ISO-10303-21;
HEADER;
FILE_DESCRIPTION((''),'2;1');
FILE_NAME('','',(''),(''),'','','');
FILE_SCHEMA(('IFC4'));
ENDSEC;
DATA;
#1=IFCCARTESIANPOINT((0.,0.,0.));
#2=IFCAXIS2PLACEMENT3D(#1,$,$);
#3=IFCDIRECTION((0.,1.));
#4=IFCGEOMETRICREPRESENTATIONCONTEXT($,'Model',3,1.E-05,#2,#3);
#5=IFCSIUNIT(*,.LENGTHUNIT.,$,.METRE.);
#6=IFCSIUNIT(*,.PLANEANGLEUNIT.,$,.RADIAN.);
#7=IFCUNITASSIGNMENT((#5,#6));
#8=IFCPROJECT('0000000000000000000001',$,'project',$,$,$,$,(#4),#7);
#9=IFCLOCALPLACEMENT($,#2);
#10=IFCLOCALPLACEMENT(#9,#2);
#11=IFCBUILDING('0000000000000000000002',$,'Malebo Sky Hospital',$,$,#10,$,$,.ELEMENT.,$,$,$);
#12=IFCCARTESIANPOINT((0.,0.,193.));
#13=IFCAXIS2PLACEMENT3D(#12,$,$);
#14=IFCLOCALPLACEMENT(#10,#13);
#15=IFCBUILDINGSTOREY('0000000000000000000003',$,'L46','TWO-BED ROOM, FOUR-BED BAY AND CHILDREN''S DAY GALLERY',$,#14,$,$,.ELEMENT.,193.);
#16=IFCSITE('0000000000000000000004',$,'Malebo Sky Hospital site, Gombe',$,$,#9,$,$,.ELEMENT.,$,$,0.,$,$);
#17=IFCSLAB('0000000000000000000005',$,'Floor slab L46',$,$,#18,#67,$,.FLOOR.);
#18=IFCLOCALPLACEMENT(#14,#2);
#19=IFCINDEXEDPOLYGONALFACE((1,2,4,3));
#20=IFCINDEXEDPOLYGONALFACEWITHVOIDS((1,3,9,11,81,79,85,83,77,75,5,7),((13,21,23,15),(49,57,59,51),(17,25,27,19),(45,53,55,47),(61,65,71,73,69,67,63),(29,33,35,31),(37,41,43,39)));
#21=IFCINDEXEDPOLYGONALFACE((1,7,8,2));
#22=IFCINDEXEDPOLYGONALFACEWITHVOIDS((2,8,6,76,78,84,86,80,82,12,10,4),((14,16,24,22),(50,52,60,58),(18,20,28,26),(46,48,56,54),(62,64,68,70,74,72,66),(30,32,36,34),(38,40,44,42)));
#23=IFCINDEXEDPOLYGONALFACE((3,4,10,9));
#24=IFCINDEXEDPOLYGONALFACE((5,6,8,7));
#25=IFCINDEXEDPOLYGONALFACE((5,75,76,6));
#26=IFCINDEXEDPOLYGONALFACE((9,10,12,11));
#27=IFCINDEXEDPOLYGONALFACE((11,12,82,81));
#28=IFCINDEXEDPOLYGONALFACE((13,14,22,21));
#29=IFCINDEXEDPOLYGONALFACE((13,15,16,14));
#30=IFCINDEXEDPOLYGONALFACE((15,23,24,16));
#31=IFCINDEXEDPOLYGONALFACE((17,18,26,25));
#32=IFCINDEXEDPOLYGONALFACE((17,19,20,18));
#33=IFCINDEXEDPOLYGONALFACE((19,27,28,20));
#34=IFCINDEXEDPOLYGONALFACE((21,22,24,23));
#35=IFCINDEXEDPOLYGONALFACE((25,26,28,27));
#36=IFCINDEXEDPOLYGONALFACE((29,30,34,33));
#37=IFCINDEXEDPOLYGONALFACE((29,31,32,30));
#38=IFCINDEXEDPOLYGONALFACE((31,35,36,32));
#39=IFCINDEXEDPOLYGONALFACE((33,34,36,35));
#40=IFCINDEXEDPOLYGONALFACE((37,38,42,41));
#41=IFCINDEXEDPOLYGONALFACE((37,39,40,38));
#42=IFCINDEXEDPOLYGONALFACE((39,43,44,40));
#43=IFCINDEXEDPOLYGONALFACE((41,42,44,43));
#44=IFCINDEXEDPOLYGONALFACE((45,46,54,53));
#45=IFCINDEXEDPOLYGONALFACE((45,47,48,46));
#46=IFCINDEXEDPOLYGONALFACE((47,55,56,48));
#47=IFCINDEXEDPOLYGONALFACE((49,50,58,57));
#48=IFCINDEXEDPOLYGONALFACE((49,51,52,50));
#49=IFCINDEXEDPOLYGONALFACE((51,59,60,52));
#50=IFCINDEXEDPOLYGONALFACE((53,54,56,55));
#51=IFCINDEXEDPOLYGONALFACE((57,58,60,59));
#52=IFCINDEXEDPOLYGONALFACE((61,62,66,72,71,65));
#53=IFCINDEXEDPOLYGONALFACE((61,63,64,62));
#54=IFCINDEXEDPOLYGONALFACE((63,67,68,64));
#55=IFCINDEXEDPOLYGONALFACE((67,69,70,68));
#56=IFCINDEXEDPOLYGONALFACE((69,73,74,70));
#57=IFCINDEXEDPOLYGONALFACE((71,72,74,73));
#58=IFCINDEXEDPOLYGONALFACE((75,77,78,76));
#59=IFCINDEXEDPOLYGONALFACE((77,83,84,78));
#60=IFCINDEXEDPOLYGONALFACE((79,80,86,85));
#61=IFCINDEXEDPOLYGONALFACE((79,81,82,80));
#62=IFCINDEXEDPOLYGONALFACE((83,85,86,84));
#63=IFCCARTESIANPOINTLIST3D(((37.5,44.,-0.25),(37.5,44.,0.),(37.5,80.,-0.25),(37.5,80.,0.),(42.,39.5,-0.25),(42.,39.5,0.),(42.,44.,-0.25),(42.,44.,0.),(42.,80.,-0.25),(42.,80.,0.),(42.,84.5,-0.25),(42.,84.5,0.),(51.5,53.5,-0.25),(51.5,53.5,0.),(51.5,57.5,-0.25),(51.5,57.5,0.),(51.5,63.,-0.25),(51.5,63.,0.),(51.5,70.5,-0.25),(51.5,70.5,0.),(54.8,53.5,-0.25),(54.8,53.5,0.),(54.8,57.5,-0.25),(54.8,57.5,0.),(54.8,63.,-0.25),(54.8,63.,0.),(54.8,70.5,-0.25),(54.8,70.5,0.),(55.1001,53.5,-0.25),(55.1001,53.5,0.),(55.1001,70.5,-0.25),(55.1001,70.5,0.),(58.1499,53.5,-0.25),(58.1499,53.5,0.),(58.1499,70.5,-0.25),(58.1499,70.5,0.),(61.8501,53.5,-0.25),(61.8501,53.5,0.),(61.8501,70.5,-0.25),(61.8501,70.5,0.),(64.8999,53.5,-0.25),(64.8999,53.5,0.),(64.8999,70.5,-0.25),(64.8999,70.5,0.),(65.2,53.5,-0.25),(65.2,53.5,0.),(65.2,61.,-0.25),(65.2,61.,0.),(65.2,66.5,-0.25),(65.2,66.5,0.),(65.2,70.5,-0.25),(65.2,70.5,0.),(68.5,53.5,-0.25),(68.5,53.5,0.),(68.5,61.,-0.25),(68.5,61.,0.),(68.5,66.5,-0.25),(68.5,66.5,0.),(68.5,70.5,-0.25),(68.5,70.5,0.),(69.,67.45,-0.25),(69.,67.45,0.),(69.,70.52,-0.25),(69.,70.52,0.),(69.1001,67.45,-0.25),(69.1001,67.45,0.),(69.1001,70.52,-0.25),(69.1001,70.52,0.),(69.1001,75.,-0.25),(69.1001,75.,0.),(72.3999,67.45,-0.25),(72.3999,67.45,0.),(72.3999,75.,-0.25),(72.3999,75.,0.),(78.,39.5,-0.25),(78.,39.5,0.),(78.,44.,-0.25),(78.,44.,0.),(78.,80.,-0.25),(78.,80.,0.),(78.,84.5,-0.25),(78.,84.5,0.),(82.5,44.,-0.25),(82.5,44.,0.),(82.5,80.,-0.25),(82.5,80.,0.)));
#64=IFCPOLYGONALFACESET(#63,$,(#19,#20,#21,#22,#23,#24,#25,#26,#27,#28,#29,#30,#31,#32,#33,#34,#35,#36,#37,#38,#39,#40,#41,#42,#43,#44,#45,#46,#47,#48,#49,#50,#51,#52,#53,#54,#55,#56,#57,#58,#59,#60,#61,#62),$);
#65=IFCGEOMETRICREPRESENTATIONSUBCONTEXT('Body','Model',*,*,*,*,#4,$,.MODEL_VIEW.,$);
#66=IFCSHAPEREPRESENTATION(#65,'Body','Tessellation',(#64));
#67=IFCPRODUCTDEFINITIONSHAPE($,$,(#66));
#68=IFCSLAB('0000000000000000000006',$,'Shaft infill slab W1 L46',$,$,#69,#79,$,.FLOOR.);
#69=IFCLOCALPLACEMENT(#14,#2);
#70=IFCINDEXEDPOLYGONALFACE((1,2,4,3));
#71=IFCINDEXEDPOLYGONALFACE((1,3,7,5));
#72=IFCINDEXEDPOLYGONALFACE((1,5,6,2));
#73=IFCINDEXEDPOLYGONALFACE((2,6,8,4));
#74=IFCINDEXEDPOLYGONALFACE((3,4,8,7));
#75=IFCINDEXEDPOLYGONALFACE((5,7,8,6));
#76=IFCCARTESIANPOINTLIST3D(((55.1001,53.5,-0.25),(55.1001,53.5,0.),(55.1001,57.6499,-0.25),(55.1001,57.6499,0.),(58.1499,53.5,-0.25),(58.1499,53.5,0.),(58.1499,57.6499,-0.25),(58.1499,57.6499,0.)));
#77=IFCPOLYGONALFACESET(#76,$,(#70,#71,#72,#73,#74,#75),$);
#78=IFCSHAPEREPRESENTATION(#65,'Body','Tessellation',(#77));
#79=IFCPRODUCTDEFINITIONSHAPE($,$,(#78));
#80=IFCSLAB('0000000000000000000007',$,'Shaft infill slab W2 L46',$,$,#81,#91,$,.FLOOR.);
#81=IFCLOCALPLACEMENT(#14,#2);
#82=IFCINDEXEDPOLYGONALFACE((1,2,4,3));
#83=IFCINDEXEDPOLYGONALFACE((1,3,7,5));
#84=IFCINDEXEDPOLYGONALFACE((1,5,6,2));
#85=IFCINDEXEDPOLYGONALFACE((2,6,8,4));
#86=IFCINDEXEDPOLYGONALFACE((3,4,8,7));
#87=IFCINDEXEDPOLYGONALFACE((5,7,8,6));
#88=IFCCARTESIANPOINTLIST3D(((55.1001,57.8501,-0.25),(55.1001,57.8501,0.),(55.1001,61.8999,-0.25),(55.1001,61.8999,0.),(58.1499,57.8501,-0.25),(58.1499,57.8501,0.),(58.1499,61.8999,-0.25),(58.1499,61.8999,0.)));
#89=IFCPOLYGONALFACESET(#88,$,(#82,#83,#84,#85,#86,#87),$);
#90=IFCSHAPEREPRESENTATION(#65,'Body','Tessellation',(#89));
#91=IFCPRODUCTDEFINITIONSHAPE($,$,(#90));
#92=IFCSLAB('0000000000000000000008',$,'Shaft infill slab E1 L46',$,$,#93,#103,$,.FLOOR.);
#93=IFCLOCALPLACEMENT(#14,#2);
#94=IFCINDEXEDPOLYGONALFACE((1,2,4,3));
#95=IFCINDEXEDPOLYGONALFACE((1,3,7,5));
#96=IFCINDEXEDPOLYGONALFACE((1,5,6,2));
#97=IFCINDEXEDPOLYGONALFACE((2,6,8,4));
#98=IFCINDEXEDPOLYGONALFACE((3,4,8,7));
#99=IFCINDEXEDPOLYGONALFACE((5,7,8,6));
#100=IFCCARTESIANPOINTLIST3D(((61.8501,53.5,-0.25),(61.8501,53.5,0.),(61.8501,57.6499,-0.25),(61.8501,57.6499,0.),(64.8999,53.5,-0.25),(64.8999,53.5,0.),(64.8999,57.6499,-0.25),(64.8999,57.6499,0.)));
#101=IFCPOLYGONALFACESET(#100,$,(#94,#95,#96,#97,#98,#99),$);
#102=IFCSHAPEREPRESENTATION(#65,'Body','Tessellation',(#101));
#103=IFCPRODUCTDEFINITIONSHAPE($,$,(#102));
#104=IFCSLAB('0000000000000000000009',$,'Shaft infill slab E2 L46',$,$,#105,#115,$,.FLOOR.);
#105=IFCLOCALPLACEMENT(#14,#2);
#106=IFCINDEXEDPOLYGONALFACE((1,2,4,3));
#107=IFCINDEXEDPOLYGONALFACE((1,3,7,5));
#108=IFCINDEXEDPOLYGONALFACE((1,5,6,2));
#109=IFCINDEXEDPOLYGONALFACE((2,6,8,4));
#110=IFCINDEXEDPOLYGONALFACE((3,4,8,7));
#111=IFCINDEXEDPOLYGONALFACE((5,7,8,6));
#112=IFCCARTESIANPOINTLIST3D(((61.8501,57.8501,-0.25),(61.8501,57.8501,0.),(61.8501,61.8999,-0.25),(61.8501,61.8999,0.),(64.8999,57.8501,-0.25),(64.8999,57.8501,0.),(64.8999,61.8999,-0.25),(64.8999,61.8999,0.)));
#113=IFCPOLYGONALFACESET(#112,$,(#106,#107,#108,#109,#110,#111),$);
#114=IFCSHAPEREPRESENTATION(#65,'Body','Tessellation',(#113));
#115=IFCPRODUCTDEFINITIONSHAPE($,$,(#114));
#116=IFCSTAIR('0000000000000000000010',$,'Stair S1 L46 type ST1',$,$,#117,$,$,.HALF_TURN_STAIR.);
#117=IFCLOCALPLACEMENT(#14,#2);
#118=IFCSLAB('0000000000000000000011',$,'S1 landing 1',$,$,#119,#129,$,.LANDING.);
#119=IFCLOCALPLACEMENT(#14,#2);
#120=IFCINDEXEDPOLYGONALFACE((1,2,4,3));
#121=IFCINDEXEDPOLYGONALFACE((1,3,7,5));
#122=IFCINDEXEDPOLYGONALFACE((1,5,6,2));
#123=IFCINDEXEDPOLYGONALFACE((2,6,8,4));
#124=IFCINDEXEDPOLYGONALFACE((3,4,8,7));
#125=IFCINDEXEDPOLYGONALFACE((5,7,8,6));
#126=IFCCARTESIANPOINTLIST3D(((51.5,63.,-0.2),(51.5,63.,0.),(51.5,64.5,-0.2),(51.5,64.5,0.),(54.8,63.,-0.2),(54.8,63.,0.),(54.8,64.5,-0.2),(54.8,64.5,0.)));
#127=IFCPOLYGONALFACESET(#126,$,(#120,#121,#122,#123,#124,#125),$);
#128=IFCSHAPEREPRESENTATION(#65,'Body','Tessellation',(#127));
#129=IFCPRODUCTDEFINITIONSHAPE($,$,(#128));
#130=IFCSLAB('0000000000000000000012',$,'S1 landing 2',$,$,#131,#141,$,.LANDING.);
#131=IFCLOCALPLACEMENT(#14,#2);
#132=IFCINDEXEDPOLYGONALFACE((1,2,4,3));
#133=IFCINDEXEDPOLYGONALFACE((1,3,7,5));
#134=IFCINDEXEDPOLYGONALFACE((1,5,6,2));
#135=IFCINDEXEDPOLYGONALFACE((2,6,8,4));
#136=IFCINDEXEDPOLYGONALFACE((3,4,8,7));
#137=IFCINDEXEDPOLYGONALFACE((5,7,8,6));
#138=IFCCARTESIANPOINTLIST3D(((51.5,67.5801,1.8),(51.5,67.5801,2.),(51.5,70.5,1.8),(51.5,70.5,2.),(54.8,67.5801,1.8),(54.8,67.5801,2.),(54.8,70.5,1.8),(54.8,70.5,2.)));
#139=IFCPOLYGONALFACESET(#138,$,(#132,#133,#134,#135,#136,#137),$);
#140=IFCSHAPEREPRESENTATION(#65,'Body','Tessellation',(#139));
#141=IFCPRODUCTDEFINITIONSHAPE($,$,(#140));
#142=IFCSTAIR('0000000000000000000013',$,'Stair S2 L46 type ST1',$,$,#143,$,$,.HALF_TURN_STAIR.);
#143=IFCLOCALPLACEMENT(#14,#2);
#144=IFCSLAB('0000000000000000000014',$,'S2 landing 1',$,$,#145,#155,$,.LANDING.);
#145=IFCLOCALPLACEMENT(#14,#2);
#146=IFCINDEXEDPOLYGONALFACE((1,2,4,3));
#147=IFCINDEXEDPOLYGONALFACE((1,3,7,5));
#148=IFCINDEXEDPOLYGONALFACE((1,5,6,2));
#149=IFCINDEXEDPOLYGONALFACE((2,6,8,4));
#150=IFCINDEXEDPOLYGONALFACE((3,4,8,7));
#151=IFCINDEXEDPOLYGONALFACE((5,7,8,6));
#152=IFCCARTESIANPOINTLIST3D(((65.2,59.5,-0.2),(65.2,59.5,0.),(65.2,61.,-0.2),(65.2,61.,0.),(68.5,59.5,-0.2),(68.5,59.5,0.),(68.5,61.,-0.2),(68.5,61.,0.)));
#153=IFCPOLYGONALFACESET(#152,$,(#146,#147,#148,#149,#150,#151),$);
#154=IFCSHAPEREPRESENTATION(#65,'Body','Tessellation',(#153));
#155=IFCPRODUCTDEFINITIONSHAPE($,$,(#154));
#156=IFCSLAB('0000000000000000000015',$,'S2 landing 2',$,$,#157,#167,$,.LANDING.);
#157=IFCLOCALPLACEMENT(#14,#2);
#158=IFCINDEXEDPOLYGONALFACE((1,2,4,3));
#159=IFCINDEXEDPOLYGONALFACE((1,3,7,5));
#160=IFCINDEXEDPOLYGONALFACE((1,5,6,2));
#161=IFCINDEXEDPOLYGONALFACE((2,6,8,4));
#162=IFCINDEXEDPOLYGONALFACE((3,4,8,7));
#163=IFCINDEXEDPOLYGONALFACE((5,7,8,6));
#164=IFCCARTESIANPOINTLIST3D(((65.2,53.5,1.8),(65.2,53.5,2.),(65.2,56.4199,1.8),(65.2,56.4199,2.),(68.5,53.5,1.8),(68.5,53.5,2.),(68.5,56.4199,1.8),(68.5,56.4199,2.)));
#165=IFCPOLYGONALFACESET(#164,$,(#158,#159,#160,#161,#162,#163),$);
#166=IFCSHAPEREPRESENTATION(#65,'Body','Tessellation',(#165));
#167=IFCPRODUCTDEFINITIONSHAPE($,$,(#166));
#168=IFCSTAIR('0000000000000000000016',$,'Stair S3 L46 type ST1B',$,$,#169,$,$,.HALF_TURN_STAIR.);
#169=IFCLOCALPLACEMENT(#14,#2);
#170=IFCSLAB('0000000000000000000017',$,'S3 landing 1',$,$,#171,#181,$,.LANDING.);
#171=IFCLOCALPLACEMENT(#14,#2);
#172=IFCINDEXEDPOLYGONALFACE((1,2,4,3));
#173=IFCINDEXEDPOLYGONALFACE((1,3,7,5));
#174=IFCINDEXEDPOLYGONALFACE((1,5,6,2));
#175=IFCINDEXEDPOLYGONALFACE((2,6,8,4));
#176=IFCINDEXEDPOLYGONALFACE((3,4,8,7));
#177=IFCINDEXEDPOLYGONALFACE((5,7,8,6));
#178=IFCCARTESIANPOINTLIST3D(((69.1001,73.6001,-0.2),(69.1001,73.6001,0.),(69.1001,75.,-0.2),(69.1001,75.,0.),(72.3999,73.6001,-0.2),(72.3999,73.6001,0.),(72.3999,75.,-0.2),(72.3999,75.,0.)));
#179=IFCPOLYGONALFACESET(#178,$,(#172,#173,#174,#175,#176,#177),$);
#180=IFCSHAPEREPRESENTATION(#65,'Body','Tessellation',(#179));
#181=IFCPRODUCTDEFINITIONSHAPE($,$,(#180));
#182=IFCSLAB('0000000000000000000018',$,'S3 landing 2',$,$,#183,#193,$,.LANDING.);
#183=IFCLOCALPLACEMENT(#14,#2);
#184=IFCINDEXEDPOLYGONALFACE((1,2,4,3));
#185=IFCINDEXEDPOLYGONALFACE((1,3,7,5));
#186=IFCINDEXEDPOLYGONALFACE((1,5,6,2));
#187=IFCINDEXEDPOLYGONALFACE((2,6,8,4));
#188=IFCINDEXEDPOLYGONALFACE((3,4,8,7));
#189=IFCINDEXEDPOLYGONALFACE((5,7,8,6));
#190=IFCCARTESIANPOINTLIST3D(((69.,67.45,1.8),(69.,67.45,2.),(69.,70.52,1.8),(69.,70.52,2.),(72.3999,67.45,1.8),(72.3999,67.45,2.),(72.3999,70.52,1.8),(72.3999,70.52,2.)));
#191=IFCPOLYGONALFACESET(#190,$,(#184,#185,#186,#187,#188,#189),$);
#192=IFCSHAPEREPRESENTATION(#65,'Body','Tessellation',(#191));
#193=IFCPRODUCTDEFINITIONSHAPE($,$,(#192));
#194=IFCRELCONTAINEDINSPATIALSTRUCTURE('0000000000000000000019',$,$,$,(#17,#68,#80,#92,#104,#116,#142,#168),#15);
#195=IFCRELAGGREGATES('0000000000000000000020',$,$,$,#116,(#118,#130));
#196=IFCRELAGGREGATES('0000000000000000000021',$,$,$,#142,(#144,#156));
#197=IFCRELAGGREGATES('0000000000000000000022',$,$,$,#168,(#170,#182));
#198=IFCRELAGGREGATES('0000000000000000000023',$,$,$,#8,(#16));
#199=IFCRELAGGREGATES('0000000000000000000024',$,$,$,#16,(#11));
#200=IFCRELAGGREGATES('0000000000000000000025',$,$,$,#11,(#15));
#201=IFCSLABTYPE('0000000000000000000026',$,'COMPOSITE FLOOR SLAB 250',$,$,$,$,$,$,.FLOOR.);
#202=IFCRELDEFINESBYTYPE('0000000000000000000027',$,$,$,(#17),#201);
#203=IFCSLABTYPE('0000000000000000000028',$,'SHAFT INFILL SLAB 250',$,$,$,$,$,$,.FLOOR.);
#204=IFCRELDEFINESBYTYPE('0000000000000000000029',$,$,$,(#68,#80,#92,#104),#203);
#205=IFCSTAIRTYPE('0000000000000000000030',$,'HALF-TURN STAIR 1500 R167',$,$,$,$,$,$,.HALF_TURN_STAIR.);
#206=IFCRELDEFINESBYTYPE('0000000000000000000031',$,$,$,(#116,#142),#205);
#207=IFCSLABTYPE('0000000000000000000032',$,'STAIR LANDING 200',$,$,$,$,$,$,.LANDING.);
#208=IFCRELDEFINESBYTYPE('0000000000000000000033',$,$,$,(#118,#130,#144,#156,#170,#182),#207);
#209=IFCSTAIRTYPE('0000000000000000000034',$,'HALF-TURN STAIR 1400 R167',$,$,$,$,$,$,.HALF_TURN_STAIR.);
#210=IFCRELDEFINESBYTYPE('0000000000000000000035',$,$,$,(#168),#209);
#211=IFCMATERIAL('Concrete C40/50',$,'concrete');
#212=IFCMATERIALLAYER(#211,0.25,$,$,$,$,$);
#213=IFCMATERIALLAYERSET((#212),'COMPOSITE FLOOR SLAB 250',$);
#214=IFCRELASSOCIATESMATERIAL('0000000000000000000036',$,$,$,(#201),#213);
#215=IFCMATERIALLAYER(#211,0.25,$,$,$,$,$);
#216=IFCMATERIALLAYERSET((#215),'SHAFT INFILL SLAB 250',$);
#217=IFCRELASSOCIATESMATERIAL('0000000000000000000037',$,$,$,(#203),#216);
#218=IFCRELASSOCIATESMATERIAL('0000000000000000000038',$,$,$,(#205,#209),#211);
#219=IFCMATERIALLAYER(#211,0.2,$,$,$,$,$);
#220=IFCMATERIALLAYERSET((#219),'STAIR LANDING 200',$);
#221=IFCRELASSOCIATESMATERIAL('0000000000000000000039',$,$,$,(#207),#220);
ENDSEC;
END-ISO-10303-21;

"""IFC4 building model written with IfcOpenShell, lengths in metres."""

from ifc_helpers import new_model, si_unit, direction, frame, origin, place, context, subcontext, project, spatial, polyline, outline, extrude, material, layer, layer_set, type_object, element, aggregate, save


model = new_model("IFC4")

# Units and contexts
model_context = context("Model", 3, precision=1e-05, world=origin(), true_north=direction((0.0, 1.0)))
body_context = subcontext(model_context, "Body", "Model", "MODEL_VIEW")
ifc_project = project(units=[si_unit("LENGTHUNIT", "METRE"), si_unit("PLANEANGLEUNIT", "RADIAN")], contexts=[model_context])

# Site, building, storey
site_placement = place(None, origin())
site = spatial("IfcSite", under=ifc_project, at=site_placement, Name="Malebo Sky Hospital site, Gombe", CompositionType="ELEMENT", RefElevation=0.0)
building_placement = place(site_placement, origin())
building = spatial("IfcBuilding", under=site, at=building_placement, Name="Malebo Sky Hospital", CompositionType="ELEMENT")
storey_placement = place(building_placement, frame((0.0, 0.0, 193.0)))
storey = spatial("IfcBuildingStorey", under=building, at=storey_placement, Name="L46", Description="TWO-BED ROOM, FOUR-BED BAY AND CHILDREN'S DAY GALLERY", CompositionType="ELEMENT", Elevation=193.0)

# Slabs
ifc_material_1 = material(Name="Concrete C40/50", Category="concrete")
ifc_layer_1 = layer(ifc_material_1, 0.25)
ifc_layer_set_1 = layer_set([ifc_layer_1], Name="COMPOSITE FLOOR SLAB 250")
slab_type_1 = type_object("IfcSlabType", Name="COMPOSITE FLOOR SLAB 250", PredefinedType="FLOOR", material=ifc_layer_set_1)
slab_1_placement = place(storey_placement, frame((0.0, 0.0, -0.25)))
element("IfcSlab", 1, at=slab_1_placement, inside=storey, type_object=slab_type_1, Name="Floor slab L46", PredefinedType="FLOOR", context=body_context, shape_type="SweptSolid", body=[
    extrude(outline(polyline([(42.0, 84.5), (42.0, 80.0), (37.5, 80.0), (37.5, 44.0), (42.0, 44.0), (42.0, 39.5), (78.0, 39.5), (78.0, 44.0), (82.5, 44.0), (82.5, 80.0), (78.0, 80.0), (78.0, 84.5), (42.0, 84.5)]), holes=[polyline([(55.1001, 70.5), (58.1499, 70.5), (58.1499, 53.5), (55.1001, 53.5), (55.1001, 70.5)]), polyline([(64.8999, 70.5), (64.8999, 53.5), (61.8501, 53.5), (61.8501, 70.5), (64.8999, 70.5)]), polyline([(54.8, 63.0), (51.5, 63.0), (51.5, 70.5), (54.8, 70.5), (54.8, 63.0)]), polyline([(51.5, 53.5), (51.5, 57.5), (54.8, 57.5), (54.8, 53.5), (51.5, 53.5)]), polyline([(65.2, 61.0), (68.5, 61.0), (68.5, 53.5), (65.2, 53.5), (65.2, 61.0)]), polyline([(68.5, 70.5), (68.5, 66.5), (65.2, 66.5), (65.2, 70.5), (68.5, 70.5)]), polyline([(69.0, 67.45), (69.0, 70.52), (69.1001, 70.52), (69.1001, 75.0), (72.3999, 75.0), (72.3999, 67.45), (69.1001, 67.45), (69.0, 67.45)])]), origin(), (0.0, 0.0, 1.0), 0.25),
])
ifc_layer_2 = layer(ifc_material_1, 0.25)
ifc_layer_set_2 = layer_set([ifc_layer_2], Name="SHAFT INFILL SLAB 250")
slab_type_2 = type_object("IfcSlabType", Name="SHAFT INFILL SLAB 250", PredefinedType="FLOOR", material=ifc_layer_set_2)
slab_2_placement = place(storey_placement, frame((0.0, 0.0, -0.25)))
element("IfcSlab", 2, at=slab_2_placement, inside=storey, type_object=slab_type_2, Name="Shaft infill slab W1 L46", PredefinedType="FLOOR", context=body_context, shape_type="SweptSolid", body=[
    extrude(outline(polyline([(55.1001, 53.5), (58.1499, 53.5), (58.1499, 57.6499), (55.1001, 57.6499), (55.1001, 53.5)])), origin(), (0.0, 0.0, 1.0), 0.25),
])
slab_3_placement = place(storey_placement, frame((0.0, 0.0, -0.25)))
element("IfcSlab", 3, at=slab_3_placement, inside=storey, type_object=slab_type_2, Name="Shaft infill slab W2 L46", PredefinedType="FLOOR", context=body_context, shape_type="SweptSolid", body=[
    extrude(outline(polyline([(55.1001, 57.8501), (58.1499, 57.8501), (58.1499, 61.8999), (55.1001, 61.8999), (55.1001, 57.8501)])), origin(), (0.0, 0.0, 1.0), 0.25),
])
slab_4_placement = place(storey_placement, frame((0.0, 0.0, -0.25)))
element("IfcSlab", 4, at=slab_4_placement, inside=storey, type_object=slab_type_2, Name="Shaft infill slab E1 L46", PredefinedType="FLOOR", context=body_context, shape_type="SweptSolid", body=[
    extrude(outline(polyline([(61.8501, 53.5), (64.8999, 53.5), (64.8999, 57.6499), (61.8501, 57.6499), (61.8501, 53.5)])), origin(), (0.0, 0.0, 1.0), 0.25),
])
slab_5_placement = place(storey_placement, frame((0.0, 0.0, -0.25)))
element("IfcSlab", 5, at=slab_5_placement, inside=storey, type_object=slab_type_2, Name="Shaft infill slab E2 L46", PredefinedType="FLOOR", context=body_context, shape_type="SweptSolid", body=[
    extrude(outline(polyline([(61.8501, 57.8501), (64.8999, 57.8501), (64.8999, 61.8999), (61.8501, 61.8999), (61.8501, 57.8501)])), origin(), (0.0, 0.0, 1.0), 0.25),
])

# Stairs, slabs
stair_type_1 = type_object("IfcStairType", Name="HALF-TURN STAIR 1500 R167", PredefinedType="HALF_TURN_STAIR", material=ifc_material_1)
stair_1_placement = place(storey_placement, origin())
stair_1 = element("IfcStair", 6, at=stair_1_placement, inside=storey, type_object=stair_type_1, Name="Stair S1 L46 type ST1", PredefinedType="HALF_TURN_STAIR")
ifc_layer_3 = layer(ifc_material_1, 0.2)
ifc_layer_set_3 = layer_set([ifc_layer_3], Name="STAIR LANDING 200")
slab_type_3 = type_object("IfcSlabType", Name="STAIR LANDING 200", PredefinedType="LANDING", material=ifc_layer_set_3)
slab_6_placement = place(storey_placement, frame((0.0, 0.0, -0.2)))
slab_6 = element("IfcSlab", 7, at=slab_6_placement, type_object=slab_type_3, Name="S1 landing 1", PredefinedType="LANDING", context=body_context, shape_type="SweptSolid", body=[
    extrude(outline(polyline([(51.5, 63.0), (54.8, 63.0), (54.8, 64.5), (51.5, 64.5), (51.5, 63.0)])), origin(), (0.0, 0.0, 1.0), 0.2),
])
slab_7_placement = place(storey_placement, frame((0.0, 0.0, 1.8)))
slab_7 = element("IfcSlab", 8, at=slab_7_placement, type_object=slab_type_3, Name="S1 landing 2", PredefinedType="LANDING", context=body_context, shape_type="SweptSolid", body=[
    extrude(outline(polyline([(51.5, 67.5801), (54.8, 67.5801), (54.8, 70.5), (51.5, 70.5), (51.5, 67.5801)])), origin(), (0.0, 0.0, 1.0), 0.2),
])
aggregate(stair_1, [slab_6, slab_7])
stair_2_placement = place(storey_placement, origin())
stair_2 = element("IfcStair", 9, at=stair_2_placement, inside=storey, type_object=stair_type_1, Name="Stair S2 L46 type ST1", PredefinedType="HALF_TURN_STAIR")
slab_8_placement = place(storey_placement, frame((0.0, 0.0, -0.2)))
slab_8 = element("IfcSlab", 10, at=slab_8_placement, type_object=slab_type_3, Name="S2 landing 1", PredefinedType="LANDING", context=body_context, shape_type="SweptSolid", body=[
    extrude(outline(polyline([(65.2, 59.5), (68.5, 59.5), (68.5, 61.0), (65.2, 61.0), (65.2, 59.5)])), origin(), (0.0, 0.0, 1.0), 0.2),
])
slab_9_placement = place(storey_placement, frame((0.0, 0.0, 1.8)))
slab_9 = element("IfcSlab", 11, at=slab_9_placement, type_object=slab_type_3, Name="S2 landing 2", PredefinedType="LANDING", context=body_context, shape_type="SweptSolid", body=[
    extrude(outline(polyline([(65.2, 53.5), (68.5, 53.5), (68.5, 56.4199), (65.2, 56.4199), (65.2, 53.5)])), origin(), (0.0, 0.0, 1.0), 0.2),
])
aggregate(stair_2, [slab_8, slab_9])
stair_type_2 = type_object("IfcStairType", Name="HALF-TURN STAIR 1400 R167", PredefinedType="HALF_TURN_STAIR", material=ifc_material_1)
stair_3_placement = place(storey_placement, origin())
stair_3 = element("IfcStair", 12, at=stair_3_placement, inside=storey, type_object=stair_type_2, Name="Stair S3 L46 type ST1B", PredefinedType="HALF_TURN_STAIR")
slab_10_placement = place(storey_placement, frame((0.0, 0.0, -0.2)))
slab_10 = element("IfcSlab", 13, at=slab_10_placement, type_object=slab_type_3, Name="S3 landing 1", PredefinedType="LANDING", context=body_context, shape_type="SweptSolid", body=[
    extrude(outline(polyline([(69.1001, 73.6001), (72.3999, 73.6001), (72.3999, 75.0), (69.1001, 75.0), (69.1001, 73.6001)])), origin(), (0.0, 0.0, 1.0), 0.2),
])
slab_11_placement = place(storey_placement, frame((0.0, 0.0, 1.8)))
slab_11 = element("IfcSlab", 14, at=slab_11_placement, type_object=slab_type_3, Name="S3 landing 2", PredefinedType="LANDING", context=body_context, shape_type="SweptSolid", body=[
    extrude(outline(polyline([(69.0, 67.45), (72.3999, 67.45), (72.3999, 70.52), (69.0, 70.52), (69.0, 67.45)])), origin(), (0.0, 0.0, 1.0), 0.2),
])
aggregate(stair_3, [slab_10, slab_11])

save(model, "model.ifc")
